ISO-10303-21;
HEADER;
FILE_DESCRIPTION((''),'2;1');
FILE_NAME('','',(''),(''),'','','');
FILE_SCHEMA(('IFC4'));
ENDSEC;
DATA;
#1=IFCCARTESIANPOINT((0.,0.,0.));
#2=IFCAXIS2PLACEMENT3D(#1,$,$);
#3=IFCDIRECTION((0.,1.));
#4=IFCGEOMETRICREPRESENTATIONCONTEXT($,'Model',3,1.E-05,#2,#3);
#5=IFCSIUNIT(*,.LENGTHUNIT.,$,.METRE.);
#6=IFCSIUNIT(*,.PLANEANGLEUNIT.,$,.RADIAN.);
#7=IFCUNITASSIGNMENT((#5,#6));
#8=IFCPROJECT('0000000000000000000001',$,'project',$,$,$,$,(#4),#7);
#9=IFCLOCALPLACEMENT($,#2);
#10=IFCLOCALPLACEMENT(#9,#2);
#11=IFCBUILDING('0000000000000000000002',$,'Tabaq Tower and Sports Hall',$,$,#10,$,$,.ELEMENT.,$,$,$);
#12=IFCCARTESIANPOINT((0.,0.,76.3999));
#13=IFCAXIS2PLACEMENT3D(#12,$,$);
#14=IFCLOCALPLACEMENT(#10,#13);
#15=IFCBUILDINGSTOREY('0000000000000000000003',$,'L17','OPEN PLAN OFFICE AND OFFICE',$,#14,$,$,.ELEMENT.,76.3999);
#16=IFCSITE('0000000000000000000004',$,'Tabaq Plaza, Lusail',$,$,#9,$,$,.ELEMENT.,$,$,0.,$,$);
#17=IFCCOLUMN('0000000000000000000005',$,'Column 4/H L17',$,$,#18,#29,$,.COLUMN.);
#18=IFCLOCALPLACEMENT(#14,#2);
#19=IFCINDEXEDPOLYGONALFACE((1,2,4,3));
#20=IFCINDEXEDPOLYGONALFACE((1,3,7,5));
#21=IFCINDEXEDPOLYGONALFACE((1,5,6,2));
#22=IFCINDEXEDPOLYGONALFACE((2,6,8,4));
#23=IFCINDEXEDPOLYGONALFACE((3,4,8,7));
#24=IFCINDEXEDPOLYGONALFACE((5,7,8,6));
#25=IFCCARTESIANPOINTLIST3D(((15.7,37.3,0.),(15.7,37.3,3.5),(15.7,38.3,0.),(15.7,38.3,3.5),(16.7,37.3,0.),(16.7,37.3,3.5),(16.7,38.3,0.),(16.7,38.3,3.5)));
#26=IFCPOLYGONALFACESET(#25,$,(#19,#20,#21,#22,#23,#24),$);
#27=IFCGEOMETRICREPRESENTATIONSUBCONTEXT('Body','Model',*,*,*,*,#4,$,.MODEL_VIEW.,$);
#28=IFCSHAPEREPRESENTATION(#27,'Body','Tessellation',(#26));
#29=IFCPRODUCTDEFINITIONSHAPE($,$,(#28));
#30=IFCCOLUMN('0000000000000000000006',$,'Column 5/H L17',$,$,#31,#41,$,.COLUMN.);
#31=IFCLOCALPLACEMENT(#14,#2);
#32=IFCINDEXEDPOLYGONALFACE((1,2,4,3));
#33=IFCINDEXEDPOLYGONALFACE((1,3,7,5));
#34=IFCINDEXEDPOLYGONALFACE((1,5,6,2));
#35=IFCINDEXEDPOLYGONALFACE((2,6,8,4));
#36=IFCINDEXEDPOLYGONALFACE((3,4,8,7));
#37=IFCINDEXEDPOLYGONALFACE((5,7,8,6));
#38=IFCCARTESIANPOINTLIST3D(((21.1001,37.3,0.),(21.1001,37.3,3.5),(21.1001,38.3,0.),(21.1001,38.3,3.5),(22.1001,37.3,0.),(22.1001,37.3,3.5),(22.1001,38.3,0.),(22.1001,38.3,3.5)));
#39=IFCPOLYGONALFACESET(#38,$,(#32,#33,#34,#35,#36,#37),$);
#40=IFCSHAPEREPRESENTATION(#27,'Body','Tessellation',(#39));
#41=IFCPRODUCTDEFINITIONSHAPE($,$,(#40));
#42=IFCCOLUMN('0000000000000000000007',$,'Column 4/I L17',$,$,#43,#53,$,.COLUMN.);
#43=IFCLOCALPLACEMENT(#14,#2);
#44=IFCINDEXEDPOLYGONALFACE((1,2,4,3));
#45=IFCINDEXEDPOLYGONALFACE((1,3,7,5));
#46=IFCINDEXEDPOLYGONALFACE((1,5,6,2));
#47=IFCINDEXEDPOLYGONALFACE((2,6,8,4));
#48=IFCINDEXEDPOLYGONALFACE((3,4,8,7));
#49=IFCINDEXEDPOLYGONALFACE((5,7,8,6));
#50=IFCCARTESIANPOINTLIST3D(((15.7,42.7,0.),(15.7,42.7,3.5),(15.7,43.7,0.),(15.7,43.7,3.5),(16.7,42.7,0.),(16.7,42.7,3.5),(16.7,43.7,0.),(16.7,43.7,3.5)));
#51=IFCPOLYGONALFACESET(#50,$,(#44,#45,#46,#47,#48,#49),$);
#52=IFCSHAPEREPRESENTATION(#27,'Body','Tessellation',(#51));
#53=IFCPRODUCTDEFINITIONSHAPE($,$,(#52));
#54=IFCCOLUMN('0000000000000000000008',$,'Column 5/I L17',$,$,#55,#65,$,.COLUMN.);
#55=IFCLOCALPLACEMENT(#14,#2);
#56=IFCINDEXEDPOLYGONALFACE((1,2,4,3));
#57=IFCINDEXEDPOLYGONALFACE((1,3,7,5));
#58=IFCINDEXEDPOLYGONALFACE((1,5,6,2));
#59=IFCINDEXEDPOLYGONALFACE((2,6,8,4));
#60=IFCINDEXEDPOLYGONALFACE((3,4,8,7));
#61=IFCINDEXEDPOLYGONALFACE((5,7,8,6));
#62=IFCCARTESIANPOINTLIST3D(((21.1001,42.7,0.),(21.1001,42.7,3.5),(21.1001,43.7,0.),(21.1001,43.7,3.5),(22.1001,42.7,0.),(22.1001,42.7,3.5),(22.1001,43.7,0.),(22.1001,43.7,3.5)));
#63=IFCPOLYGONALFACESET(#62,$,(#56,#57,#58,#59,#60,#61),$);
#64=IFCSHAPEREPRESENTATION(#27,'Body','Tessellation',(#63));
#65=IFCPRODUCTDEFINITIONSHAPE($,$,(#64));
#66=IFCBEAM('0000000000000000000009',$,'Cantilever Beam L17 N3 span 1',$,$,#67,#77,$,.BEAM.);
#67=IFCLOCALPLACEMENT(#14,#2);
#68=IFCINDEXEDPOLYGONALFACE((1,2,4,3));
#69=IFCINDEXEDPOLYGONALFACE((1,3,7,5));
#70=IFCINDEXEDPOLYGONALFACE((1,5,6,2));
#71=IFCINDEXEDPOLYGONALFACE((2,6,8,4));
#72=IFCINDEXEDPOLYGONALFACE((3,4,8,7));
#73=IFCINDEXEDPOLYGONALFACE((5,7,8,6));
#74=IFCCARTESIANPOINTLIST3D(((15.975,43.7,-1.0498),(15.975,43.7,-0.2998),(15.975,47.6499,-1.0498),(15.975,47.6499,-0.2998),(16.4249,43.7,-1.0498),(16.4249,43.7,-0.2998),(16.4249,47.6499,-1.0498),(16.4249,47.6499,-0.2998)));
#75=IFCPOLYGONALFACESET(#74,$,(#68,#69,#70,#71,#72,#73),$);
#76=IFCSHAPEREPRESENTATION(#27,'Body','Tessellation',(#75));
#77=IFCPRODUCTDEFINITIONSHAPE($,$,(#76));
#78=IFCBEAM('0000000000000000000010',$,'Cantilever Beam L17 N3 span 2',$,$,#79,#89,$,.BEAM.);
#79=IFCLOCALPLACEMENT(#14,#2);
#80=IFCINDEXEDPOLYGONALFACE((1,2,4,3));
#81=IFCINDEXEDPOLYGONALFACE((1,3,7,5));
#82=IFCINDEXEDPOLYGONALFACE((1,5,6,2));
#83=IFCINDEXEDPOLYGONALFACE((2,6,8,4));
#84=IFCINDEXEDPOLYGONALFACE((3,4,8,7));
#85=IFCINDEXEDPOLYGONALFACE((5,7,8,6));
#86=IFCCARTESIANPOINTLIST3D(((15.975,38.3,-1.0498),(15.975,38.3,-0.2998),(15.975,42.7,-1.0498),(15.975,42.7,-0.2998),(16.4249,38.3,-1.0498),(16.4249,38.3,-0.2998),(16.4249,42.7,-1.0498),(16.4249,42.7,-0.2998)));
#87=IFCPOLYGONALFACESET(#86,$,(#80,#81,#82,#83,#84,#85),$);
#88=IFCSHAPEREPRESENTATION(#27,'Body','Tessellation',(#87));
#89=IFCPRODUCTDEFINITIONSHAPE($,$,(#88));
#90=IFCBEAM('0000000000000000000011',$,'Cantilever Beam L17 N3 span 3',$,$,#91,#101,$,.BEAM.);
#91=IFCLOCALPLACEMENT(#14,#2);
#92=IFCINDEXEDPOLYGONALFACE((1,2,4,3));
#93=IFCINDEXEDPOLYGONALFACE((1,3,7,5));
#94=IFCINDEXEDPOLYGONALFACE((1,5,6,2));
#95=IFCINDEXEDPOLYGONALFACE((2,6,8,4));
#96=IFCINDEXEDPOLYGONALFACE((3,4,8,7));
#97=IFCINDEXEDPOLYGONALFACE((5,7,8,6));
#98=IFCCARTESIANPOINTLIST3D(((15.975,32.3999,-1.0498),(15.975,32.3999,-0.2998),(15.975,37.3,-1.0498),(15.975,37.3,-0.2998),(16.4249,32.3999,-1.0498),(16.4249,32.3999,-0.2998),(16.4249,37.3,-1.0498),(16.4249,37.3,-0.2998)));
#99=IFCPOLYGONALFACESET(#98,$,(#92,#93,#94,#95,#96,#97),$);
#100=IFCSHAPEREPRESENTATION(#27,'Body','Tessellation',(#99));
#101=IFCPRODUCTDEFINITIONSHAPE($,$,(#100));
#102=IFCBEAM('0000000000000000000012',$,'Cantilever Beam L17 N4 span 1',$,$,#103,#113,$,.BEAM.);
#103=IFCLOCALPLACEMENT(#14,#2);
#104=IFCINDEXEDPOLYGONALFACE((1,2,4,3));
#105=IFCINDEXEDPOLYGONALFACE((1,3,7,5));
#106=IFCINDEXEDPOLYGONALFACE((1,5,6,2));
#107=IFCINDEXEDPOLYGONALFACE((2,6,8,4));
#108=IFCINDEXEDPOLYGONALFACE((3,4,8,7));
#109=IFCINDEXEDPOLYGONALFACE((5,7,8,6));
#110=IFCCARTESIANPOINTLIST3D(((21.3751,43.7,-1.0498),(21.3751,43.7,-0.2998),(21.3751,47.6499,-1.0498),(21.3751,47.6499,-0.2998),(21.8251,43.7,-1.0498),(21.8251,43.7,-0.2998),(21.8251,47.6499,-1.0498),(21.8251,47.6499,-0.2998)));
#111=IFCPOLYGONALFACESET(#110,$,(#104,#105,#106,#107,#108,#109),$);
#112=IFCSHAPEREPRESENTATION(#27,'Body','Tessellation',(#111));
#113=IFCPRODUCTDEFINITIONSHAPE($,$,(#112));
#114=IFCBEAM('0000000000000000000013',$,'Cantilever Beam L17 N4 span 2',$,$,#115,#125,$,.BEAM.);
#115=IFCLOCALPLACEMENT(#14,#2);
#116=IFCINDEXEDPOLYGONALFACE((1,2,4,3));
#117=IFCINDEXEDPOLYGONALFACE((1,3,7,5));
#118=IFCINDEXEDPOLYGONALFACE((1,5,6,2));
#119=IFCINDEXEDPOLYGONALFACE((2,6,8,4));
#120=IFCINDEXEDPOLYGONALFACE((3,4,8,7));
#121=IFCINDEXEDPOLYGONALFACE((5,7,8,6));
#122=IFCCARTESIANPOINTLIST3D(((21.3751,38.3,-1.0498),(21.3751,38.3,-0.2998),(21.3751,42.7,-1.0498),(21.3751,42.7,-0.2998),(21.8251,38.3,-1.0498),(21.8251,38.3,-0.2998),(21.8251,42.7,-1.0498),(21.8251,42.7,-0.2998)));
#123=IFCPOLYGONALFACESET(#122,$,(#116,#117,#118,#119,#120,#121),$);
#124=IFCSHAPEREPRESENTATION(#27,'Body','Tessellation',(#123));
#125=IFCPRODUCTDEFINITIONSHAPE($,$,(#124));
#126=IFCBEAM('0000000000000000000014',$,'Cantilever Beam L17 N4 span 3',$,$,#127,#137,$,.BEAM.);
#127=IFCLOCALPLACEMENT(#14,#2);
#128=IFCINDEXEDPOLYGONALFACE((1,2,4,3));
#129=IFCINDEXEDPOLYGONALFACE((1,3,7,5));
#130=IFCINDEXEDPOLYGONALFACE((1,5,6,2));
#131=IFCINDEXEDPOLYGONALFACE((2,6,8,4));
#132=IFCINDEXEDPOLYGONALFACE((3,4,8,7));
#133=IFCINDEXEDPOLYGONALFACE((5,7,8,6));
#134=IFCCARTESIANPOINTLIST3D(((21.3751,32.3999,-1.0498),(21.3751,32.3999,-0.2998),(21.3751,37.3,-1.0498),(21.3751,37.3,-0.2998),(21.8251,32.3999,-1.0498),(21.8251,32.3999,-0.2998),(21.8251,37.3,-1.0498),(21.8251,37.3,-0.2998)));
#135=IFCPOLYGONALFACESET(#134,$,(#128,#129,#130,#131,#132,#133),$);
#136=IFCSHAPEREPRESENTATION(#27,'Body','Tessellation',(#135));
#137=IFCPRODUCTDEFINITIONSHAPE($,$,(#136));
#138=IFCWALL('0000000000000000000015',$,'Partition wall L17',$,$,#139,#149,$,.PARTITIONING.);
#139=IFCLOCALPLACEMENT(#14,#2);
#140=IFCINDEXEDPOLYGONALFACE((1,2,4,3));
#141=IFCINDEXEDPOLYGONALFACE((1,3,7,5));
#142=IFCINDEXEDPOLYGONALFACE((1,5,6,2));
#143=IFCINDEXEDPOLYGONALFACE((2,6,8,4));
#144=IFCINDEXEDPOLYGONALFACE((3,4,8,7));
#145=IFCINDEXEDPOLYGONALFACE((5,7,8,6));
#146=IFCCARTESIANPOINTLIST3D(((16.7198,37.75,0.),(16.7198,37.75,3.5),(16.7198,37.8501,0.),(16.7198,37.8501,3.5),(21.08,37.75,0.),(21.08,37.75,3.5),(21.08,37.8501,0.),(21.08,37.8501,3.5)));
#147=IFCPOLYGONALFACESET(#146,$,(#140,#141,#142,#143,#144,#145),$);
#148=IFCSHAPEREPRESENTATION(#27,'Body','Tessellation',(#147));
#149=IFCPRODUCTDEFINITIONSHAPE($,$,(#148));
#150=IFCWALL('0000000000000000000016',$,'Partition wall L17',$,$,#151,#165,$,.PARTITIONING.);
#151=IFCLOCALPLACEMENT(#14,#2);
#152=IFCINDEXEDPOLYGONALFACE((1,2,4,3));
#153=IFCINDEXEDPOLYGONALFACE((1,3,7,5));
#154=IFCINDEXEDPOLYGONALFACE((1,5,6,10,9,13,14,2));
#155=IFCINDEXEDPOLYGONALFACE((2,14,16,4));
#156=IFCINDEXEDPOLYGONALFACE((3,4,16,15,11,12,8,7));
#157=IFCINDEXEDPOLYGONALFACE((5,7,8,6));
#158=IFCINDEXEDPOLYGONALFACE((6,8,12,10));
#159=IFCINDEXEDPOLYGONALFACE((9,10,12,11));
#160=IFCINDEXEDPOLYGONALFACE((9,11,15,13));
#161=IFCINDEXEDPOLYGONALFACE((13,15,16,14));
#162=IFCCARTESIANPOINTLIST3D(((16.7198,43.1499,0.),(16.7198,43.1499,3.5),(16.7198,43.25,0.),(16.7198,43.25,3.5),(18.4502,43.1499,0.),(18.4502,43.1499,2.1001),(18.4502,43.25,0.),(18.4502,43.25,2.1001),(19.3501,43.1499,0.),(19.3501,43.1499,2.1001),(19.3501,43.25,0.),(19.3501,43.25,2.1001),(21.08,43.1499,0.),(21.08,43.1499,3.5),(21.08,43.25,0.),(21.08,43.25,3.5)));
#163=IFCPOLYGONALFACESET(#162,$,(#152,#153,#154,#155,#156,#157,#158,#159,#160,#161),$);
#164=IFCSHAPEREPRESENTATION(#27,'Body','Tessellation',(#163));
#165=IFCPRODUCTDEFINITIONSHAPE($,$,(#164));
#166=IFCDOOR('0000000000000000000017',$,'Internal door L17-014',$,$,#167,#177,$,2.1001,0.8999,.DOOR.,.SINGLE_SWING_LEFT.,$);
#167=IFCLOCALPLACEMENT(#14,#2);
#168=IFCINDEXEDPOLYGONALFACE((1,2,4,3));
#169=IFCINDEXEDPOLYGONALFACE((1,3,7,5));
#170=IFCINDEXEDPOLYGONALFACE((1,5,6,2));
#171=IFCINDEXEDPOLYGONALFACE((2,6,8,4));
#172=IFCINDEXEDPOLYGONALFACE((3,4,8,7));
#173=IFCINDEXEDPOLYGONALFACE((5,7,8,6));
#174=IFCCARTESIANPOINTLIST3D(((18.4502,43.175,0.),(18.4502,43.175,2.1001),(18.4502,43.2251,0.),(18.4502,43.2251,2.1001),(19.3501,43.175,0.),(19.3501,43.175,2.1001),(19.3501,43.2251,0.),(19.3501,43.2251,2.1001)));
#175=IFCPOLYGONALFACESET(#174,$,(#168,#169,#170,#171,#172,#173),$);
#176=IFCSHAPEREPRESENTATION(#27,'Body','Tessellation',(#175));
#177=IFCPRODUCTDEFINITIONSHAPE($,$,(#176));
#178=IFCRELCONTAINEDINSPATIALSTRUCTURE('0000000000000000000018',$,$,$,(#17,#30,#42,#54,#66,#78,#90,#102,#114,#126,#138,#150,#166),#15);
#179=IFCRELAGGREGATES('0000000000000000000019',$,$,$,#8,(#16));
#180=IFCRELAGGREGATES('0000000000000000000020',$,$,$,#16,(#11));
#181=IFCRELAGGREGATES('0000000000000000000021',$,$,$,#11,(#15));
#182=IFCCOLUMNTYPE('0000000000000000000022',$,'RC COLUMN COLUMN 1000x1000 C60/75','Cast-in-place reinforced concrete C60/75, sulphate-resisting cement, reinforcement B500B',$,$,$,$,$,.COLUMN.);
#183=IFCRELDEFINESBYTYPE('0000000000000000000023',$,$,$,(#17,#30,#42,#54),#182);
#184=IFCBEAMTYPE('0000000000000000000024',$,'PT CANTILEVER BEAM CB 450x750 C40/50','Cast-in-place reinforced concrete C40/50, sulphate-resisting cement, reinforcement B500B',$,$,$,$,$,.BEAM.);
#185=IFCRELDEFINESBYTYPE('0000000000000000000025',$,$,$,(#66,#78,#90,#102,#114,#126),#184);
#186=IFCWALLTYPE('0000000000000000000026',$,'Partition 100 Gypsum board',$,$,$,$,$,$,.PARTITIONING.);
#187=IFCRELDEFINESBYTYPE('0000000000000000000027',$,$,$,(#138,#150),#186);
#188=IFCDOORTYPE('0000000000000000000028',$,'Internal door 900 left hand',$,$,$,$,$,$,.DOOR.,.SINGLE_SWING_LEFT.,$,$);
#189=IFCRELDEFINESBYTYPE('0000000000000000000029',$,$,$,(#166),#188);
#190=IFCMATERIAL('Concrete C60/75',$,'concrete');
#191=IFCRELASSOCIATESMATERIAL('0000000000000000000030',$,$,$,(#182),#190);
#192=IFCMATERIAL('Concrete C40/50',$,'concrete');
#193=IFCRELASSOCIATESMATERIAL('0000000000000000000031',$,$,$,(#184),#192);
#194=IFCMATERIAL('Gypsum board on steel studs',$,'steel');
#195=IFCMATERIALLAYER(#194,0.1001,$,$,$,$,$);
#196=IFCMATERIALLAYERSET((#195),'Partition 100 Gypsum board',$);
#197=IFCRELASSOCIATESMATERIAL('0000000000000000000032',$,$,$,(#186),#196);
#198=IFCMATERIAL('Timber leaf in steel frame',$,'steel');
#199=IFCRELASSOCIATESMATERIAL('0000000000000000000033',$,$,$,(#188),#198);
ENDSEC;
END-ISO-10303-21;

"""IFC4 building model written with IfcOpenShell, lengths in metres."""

from ifc_helpers import new_model, si_unit, direction, frame, frame_2d, origin, origin_2d, place, context, subcontext, project, spatial, rectangle, extrude, material, layer, layer_set, material_profile, profile_set, type_object, element, fill, save


model = new_model("IFC4")

# Units and contexts
model_context = context("Model", 3, precision=1e-05, world=origin(), true_north=direction((0.0, 1.0)))
body_context = subcontext(model_context, "Body", "Model", "MODEL_VIEW")
ifc_project = project(units=[si_unit("LENGTHUNIT", "METRE"), si_unit("PLANEANGLEUNIT", "RADIAN")], contexts=[model_context])

# Site, building, storey
site_placement = place(None, origin())
site = spatial("IfcSite", under=ifc_project, at=site_placement, Name="Tabaq Plaza, Lusail", CompositionType="ELEMENT", RefElevation=0.0)
building_placement = place(site_placement, origin())
building = spatial("IfcBuilding", under=site, at=building_placement, Name="Tabaq Tower and Sports Hall", CompositionType="ELEMENT")
storey_placement = place(building_placement, frame((0.0, 0.0, 76.3999)))
storey = spatial("IfcBuildingStorey", under=building, at=storey_placement, Name="L17", Description="OPEN PLAN OFFICE AND OFFICE", CompositionType="ELEMENT", Elevation=76.3999)

# Columns
ifc_material_1 = material(Name="Concrete C60/75", Category="concrete")
ifc_material_profile_1 = material_profile(ifc_material_1, rectangle(XDim=1.0, YDim=1.0, at=origin_2d()), Name="COLUMN 1000x1000")
ifc_profile_set_1 = profile_set([ifc_material_profile_1], Name="Concrete C60/75")
column_type = type_object("IfcColumnType", Name="RC COLUMN COLUMN 1000x1000 C60/75", Description="Cast-in-place reinforced concrete C60/75, sulphate-resisting cement, reinforcement B500B", PredefinedType="COLUMN", material=ifc_profile_set_1)
for number, where, z_axis, x_axis, name in (
    (1, (16.2, 37.8, 0.0), (0.0, 0.0, 1.0), (1.0, 0.0, 0.0), "Column 4/H L17"),
    (2, (21.6001, 37.8, 0.0), (0.0, 0.0, 1.0), (1.0, 0.0, 0.0), "Column 5/H L17"),
    (3, (16.2, 43.2, 0.0), (0.0, 0.0, 1.0), (1.0, 0.0, 0.0), "Column 4/I L17"),
    (4, (21.6001, 43.2, 0.0), (0.0, 0.0, 1.0), (1.0, 0.0, 0.0), "Column 5/I L17"),
):
    element("IfcColumn", number, at=place(storey_placement, frame(where, z_axis=z_axis, x_axis=x_axis)), inside=storey, type_object=column_type, Name=name, PredefinedType="COLUMN", context=body_context, shape_type="SweptSolid", body=[
        extrude(rectangle(XDim=1.0, YDim=1.0, at=origin_2d()), origin(), (0.0, 0.0, 1.0), 3.5),
    ])

# Beams
ifc_material_2 = material(Name="Concrete C40/50", Category="concrete")
ifc_material_profile_2 = material_profile(ifc_material_2, rectangle(XDim=0.45, YDim=0.75, at=origin_2d()), Name="CB 450x750")
ifc_profile_set_2 = profile_set([ifc_material_profile_2], Name="Concrete C40/50")
beam_type = type_object("IfcBeamType", Name="PT CANTILEVER BEAM CB 450x750 C40/50", Description="Cast-in-place reinforced concrete C40/50, sulphate-resisting cement, reinforcement B500B", PredefinedType="BEAM", material=ifc_profile_set_2)
beam_1_placement = place(storey_placement, frame((16.2, 47.6499, -0.6748), z_axis=(0.0, -1.0, 0.0), x_axis=(1.0, 0.0, 0.0)))
element("IfcBeam", 5, at=beam_1_placement, inside=storey, type_object=beam_type, Name="Cantilever Beam L17 N3 span 1", PredefinedType="BEAM", context=body_context, shape_type="SweptSolid", body=[
    extrude(rectangle(XDim=0.45, YDim=0.75, at=origin_2d()), origin(), (0.0, 0.0, 1.0), 3.95),
])
beam_2_placement = place(storey_placement, frame((16.2, 42.7, -0.6748), z_axis=(0.0, -1.0, 0.0), x_axis=(1.0, 0.0, 0.0)))
element("IfcBeam", 6, at=beam_2_placement, inside=storey, type_object=beam_type, Name="Cantilever Beam L17 N3 span 2", PredefinedType="BEAM", context=body_context, shape_type="SweptSolid", body=[
    extrude(rectangle(XDim=0.45, YDim=0.75, at=origin_2d()), origin(), (0.0, 0.0, 1.0), 4.3999),
])
beam_3_placement = place(storey_placement, frame((16.2, 37.3, -0.6748), z_axis=(0.0, -1.0, 0.0), x_axis=(1.0, 0.0, 0.0)))
element("IfcBeam", 7, at=beam_3_placement, inside=storey, type_object=beam_type, Name="Cantilever Beam L17 N3 span 3", PredefinedType="BEAM", context=body_context, shape_type="SweptSolid", body=[
    extrude(rectangle(XDim=0.45, YDim=0.75, at=origin_2d()), origin(), (0.0, 0.0, 1.0), 4.9001),
])
beam_4_placement = place(storey_placement, frame((21.6001, 47.6499, -0.6748), z_axis=(0.0, -1.0, 0.0), x_axis=(1.0, 0.0, 0.0)))
element("IfcBeam", 8, at=beam_4_placement, inside=storey, type_object=beam_type, Name="Cantilever Beam L17 N4 span 1", PredefinedType="BEAM", context=body_context, shape_type="SweptSolid", body=[
    extrude(rectangle(XDim=0.45, YDim=0.75, at=origin_2d()), origin(), (0.0, 0.0, 1.0), 3.95),
])
beam_5_placement = place(storey_placement, frame((21.6001, 42.7, -0.6748), z_axis=(0.0, -1.0, 0.0), x_axis=(1.0, 0.0, 0.0)))
element("IfcBeam", 9, at=beam_5_placement, inside=storey, type_object=beam_type, Name="Cantilever Beam L17 N4 span 2", PredefinedType="BEAM", context=body_context, shape_type="SweptSolid", body=[
    extrude(rectangle(XDim=0.45, YDim=0.75, at=origin_2d()), origin(), (0.0, 0.0, 1.0), 4.3999),
])
beam_6_placement = place(storey_placement, frame((21.6001, 37.3, -0.6748), z_axis=(0.0, -1.0, 0.0), x_axis=(1.0, 0.0, 0.0)))
element("IfcBeam", 10, at=beam_6_placement, inside=storey, type_object=beam_type, Name="Cantilever Beam L17 N4 span 3", PredefinedType="BEAM", context=body_context, shape_type="SweptSolid", body=[
    extrude(rectangle(XDim=0.45, YDim=0.75, at=origin_2d()), origin(), (0.0, 0.0, 1.0), 4.9001),
])

# Wall
ifc_material_3 = material(Name="Gypsum board on steel studs", Category="steel")
ifc_layer_1 = layer(ifc_material_3, 0.1001)
ifc_layer_set_1 = layer_set([ifc_layer_1], Name="Partition 100 Gypsum board")
wall_type_1 = type_object("IfcWallType", Name="Partition 100 Gypsum board", PredefinedType="PARTITIONING", material=ifc_layer_set_1)
wall_1_placement = place(storey_placement, frame((21.0801, 37.8, 0.0), z_axis=(0.0, 0.0, 1.0), x_axis=(-1.0, 0.0, 0.0)))
element("IfcWall", 11, at=wall_1_placement, inside=storey, type_object=wall_type_1, Name="Partition wall L17", PredefinedType="PARTITIONING", context=body_context, shape_type="SweptSolid", body=[
    extrude(rectangle(XDim=4.3601, YDim=0.1001, at=frame_2d((2.1802, 0.0))), origin(), (0.0, 0.0, 1.0), 3.5),
])

# Wall, opening, door
wall_2_placement = place(storey_placement, frame((21.0801, 43.2, 0.0), z_axis=(0.0, 0.0, 1.0), x_axis=(-1.0, 0.0, 0.0)))
wall_2 = element("IfcWall", 12, at=wall_2_placement, inside=storey, type_object=wall_type_1, Name="Partition wall L17", PredefinedType="PARTITIONING", context=body_context, shape_type="SweptSolid", body=[
    extrude(rectangle(XDim=4.3601, YDim=0.1001, at=frame_2d((2.1802, 0.0))), origin(), (0.0, 0.0, 1.0), 3.5),
])
opening_1_placement = place(wall_2_placement, frame((1.73, 0.0, 0.0)))
opening_1 = element("IfcOpeningElement", 13, at=opening_1_placement, cuts=wall_2, PredefinedType="OPENING", context=body_context, shape_type="SweptSolid", body=[
    extrude(rectangle(XDim=0.8999, YDim=2.1001, at=frame_2d((0.45, 1.05))), frame((0.0, 0.05, 0.0), z_axis=(0.0, -1.0, 0.0), x_axis=(1.0, 0.0, 0.0)), (0.0, 0.0, 1.0), 0.1001),
])
ifc_material_4 = material(Name="Timber leaf in steel frame", Category="steel")
door_type = type_object("IfcDoorType", Name="Internal door 900 left hand", OperationType="SINGLE_SWING_LEFT", PredefinedType="DOOR", material=ifc_material_4)
door_1_placement = place(opening_1_placement, origin())
door_1 = element("IfcDoor", 14, at=door_1_placement, inside=storey, type_object=door_type, Name="Internal door L17-014", OperationType="SINGLE_SWING_LEFT", OverallHeight=2.1001, OverallWidth=0.8999, PredefinedType="DOOR", context=body_context, shape_type="SweptSolid", body=[
    extrude(rectangle(XDim=0.8999, YDim=2.1001, at=frame_2d((0.45, 1.05))), frame((0.0, 0.0249, 0.0), z_axis=(0.0, -1.0, 0.0), x_axis=(1.0, 0.0, 0.0)), (0.0, 0.0, 1.0), 0.05),
])
fill(opening_1, door_1)

save(model, "model.ifc")
